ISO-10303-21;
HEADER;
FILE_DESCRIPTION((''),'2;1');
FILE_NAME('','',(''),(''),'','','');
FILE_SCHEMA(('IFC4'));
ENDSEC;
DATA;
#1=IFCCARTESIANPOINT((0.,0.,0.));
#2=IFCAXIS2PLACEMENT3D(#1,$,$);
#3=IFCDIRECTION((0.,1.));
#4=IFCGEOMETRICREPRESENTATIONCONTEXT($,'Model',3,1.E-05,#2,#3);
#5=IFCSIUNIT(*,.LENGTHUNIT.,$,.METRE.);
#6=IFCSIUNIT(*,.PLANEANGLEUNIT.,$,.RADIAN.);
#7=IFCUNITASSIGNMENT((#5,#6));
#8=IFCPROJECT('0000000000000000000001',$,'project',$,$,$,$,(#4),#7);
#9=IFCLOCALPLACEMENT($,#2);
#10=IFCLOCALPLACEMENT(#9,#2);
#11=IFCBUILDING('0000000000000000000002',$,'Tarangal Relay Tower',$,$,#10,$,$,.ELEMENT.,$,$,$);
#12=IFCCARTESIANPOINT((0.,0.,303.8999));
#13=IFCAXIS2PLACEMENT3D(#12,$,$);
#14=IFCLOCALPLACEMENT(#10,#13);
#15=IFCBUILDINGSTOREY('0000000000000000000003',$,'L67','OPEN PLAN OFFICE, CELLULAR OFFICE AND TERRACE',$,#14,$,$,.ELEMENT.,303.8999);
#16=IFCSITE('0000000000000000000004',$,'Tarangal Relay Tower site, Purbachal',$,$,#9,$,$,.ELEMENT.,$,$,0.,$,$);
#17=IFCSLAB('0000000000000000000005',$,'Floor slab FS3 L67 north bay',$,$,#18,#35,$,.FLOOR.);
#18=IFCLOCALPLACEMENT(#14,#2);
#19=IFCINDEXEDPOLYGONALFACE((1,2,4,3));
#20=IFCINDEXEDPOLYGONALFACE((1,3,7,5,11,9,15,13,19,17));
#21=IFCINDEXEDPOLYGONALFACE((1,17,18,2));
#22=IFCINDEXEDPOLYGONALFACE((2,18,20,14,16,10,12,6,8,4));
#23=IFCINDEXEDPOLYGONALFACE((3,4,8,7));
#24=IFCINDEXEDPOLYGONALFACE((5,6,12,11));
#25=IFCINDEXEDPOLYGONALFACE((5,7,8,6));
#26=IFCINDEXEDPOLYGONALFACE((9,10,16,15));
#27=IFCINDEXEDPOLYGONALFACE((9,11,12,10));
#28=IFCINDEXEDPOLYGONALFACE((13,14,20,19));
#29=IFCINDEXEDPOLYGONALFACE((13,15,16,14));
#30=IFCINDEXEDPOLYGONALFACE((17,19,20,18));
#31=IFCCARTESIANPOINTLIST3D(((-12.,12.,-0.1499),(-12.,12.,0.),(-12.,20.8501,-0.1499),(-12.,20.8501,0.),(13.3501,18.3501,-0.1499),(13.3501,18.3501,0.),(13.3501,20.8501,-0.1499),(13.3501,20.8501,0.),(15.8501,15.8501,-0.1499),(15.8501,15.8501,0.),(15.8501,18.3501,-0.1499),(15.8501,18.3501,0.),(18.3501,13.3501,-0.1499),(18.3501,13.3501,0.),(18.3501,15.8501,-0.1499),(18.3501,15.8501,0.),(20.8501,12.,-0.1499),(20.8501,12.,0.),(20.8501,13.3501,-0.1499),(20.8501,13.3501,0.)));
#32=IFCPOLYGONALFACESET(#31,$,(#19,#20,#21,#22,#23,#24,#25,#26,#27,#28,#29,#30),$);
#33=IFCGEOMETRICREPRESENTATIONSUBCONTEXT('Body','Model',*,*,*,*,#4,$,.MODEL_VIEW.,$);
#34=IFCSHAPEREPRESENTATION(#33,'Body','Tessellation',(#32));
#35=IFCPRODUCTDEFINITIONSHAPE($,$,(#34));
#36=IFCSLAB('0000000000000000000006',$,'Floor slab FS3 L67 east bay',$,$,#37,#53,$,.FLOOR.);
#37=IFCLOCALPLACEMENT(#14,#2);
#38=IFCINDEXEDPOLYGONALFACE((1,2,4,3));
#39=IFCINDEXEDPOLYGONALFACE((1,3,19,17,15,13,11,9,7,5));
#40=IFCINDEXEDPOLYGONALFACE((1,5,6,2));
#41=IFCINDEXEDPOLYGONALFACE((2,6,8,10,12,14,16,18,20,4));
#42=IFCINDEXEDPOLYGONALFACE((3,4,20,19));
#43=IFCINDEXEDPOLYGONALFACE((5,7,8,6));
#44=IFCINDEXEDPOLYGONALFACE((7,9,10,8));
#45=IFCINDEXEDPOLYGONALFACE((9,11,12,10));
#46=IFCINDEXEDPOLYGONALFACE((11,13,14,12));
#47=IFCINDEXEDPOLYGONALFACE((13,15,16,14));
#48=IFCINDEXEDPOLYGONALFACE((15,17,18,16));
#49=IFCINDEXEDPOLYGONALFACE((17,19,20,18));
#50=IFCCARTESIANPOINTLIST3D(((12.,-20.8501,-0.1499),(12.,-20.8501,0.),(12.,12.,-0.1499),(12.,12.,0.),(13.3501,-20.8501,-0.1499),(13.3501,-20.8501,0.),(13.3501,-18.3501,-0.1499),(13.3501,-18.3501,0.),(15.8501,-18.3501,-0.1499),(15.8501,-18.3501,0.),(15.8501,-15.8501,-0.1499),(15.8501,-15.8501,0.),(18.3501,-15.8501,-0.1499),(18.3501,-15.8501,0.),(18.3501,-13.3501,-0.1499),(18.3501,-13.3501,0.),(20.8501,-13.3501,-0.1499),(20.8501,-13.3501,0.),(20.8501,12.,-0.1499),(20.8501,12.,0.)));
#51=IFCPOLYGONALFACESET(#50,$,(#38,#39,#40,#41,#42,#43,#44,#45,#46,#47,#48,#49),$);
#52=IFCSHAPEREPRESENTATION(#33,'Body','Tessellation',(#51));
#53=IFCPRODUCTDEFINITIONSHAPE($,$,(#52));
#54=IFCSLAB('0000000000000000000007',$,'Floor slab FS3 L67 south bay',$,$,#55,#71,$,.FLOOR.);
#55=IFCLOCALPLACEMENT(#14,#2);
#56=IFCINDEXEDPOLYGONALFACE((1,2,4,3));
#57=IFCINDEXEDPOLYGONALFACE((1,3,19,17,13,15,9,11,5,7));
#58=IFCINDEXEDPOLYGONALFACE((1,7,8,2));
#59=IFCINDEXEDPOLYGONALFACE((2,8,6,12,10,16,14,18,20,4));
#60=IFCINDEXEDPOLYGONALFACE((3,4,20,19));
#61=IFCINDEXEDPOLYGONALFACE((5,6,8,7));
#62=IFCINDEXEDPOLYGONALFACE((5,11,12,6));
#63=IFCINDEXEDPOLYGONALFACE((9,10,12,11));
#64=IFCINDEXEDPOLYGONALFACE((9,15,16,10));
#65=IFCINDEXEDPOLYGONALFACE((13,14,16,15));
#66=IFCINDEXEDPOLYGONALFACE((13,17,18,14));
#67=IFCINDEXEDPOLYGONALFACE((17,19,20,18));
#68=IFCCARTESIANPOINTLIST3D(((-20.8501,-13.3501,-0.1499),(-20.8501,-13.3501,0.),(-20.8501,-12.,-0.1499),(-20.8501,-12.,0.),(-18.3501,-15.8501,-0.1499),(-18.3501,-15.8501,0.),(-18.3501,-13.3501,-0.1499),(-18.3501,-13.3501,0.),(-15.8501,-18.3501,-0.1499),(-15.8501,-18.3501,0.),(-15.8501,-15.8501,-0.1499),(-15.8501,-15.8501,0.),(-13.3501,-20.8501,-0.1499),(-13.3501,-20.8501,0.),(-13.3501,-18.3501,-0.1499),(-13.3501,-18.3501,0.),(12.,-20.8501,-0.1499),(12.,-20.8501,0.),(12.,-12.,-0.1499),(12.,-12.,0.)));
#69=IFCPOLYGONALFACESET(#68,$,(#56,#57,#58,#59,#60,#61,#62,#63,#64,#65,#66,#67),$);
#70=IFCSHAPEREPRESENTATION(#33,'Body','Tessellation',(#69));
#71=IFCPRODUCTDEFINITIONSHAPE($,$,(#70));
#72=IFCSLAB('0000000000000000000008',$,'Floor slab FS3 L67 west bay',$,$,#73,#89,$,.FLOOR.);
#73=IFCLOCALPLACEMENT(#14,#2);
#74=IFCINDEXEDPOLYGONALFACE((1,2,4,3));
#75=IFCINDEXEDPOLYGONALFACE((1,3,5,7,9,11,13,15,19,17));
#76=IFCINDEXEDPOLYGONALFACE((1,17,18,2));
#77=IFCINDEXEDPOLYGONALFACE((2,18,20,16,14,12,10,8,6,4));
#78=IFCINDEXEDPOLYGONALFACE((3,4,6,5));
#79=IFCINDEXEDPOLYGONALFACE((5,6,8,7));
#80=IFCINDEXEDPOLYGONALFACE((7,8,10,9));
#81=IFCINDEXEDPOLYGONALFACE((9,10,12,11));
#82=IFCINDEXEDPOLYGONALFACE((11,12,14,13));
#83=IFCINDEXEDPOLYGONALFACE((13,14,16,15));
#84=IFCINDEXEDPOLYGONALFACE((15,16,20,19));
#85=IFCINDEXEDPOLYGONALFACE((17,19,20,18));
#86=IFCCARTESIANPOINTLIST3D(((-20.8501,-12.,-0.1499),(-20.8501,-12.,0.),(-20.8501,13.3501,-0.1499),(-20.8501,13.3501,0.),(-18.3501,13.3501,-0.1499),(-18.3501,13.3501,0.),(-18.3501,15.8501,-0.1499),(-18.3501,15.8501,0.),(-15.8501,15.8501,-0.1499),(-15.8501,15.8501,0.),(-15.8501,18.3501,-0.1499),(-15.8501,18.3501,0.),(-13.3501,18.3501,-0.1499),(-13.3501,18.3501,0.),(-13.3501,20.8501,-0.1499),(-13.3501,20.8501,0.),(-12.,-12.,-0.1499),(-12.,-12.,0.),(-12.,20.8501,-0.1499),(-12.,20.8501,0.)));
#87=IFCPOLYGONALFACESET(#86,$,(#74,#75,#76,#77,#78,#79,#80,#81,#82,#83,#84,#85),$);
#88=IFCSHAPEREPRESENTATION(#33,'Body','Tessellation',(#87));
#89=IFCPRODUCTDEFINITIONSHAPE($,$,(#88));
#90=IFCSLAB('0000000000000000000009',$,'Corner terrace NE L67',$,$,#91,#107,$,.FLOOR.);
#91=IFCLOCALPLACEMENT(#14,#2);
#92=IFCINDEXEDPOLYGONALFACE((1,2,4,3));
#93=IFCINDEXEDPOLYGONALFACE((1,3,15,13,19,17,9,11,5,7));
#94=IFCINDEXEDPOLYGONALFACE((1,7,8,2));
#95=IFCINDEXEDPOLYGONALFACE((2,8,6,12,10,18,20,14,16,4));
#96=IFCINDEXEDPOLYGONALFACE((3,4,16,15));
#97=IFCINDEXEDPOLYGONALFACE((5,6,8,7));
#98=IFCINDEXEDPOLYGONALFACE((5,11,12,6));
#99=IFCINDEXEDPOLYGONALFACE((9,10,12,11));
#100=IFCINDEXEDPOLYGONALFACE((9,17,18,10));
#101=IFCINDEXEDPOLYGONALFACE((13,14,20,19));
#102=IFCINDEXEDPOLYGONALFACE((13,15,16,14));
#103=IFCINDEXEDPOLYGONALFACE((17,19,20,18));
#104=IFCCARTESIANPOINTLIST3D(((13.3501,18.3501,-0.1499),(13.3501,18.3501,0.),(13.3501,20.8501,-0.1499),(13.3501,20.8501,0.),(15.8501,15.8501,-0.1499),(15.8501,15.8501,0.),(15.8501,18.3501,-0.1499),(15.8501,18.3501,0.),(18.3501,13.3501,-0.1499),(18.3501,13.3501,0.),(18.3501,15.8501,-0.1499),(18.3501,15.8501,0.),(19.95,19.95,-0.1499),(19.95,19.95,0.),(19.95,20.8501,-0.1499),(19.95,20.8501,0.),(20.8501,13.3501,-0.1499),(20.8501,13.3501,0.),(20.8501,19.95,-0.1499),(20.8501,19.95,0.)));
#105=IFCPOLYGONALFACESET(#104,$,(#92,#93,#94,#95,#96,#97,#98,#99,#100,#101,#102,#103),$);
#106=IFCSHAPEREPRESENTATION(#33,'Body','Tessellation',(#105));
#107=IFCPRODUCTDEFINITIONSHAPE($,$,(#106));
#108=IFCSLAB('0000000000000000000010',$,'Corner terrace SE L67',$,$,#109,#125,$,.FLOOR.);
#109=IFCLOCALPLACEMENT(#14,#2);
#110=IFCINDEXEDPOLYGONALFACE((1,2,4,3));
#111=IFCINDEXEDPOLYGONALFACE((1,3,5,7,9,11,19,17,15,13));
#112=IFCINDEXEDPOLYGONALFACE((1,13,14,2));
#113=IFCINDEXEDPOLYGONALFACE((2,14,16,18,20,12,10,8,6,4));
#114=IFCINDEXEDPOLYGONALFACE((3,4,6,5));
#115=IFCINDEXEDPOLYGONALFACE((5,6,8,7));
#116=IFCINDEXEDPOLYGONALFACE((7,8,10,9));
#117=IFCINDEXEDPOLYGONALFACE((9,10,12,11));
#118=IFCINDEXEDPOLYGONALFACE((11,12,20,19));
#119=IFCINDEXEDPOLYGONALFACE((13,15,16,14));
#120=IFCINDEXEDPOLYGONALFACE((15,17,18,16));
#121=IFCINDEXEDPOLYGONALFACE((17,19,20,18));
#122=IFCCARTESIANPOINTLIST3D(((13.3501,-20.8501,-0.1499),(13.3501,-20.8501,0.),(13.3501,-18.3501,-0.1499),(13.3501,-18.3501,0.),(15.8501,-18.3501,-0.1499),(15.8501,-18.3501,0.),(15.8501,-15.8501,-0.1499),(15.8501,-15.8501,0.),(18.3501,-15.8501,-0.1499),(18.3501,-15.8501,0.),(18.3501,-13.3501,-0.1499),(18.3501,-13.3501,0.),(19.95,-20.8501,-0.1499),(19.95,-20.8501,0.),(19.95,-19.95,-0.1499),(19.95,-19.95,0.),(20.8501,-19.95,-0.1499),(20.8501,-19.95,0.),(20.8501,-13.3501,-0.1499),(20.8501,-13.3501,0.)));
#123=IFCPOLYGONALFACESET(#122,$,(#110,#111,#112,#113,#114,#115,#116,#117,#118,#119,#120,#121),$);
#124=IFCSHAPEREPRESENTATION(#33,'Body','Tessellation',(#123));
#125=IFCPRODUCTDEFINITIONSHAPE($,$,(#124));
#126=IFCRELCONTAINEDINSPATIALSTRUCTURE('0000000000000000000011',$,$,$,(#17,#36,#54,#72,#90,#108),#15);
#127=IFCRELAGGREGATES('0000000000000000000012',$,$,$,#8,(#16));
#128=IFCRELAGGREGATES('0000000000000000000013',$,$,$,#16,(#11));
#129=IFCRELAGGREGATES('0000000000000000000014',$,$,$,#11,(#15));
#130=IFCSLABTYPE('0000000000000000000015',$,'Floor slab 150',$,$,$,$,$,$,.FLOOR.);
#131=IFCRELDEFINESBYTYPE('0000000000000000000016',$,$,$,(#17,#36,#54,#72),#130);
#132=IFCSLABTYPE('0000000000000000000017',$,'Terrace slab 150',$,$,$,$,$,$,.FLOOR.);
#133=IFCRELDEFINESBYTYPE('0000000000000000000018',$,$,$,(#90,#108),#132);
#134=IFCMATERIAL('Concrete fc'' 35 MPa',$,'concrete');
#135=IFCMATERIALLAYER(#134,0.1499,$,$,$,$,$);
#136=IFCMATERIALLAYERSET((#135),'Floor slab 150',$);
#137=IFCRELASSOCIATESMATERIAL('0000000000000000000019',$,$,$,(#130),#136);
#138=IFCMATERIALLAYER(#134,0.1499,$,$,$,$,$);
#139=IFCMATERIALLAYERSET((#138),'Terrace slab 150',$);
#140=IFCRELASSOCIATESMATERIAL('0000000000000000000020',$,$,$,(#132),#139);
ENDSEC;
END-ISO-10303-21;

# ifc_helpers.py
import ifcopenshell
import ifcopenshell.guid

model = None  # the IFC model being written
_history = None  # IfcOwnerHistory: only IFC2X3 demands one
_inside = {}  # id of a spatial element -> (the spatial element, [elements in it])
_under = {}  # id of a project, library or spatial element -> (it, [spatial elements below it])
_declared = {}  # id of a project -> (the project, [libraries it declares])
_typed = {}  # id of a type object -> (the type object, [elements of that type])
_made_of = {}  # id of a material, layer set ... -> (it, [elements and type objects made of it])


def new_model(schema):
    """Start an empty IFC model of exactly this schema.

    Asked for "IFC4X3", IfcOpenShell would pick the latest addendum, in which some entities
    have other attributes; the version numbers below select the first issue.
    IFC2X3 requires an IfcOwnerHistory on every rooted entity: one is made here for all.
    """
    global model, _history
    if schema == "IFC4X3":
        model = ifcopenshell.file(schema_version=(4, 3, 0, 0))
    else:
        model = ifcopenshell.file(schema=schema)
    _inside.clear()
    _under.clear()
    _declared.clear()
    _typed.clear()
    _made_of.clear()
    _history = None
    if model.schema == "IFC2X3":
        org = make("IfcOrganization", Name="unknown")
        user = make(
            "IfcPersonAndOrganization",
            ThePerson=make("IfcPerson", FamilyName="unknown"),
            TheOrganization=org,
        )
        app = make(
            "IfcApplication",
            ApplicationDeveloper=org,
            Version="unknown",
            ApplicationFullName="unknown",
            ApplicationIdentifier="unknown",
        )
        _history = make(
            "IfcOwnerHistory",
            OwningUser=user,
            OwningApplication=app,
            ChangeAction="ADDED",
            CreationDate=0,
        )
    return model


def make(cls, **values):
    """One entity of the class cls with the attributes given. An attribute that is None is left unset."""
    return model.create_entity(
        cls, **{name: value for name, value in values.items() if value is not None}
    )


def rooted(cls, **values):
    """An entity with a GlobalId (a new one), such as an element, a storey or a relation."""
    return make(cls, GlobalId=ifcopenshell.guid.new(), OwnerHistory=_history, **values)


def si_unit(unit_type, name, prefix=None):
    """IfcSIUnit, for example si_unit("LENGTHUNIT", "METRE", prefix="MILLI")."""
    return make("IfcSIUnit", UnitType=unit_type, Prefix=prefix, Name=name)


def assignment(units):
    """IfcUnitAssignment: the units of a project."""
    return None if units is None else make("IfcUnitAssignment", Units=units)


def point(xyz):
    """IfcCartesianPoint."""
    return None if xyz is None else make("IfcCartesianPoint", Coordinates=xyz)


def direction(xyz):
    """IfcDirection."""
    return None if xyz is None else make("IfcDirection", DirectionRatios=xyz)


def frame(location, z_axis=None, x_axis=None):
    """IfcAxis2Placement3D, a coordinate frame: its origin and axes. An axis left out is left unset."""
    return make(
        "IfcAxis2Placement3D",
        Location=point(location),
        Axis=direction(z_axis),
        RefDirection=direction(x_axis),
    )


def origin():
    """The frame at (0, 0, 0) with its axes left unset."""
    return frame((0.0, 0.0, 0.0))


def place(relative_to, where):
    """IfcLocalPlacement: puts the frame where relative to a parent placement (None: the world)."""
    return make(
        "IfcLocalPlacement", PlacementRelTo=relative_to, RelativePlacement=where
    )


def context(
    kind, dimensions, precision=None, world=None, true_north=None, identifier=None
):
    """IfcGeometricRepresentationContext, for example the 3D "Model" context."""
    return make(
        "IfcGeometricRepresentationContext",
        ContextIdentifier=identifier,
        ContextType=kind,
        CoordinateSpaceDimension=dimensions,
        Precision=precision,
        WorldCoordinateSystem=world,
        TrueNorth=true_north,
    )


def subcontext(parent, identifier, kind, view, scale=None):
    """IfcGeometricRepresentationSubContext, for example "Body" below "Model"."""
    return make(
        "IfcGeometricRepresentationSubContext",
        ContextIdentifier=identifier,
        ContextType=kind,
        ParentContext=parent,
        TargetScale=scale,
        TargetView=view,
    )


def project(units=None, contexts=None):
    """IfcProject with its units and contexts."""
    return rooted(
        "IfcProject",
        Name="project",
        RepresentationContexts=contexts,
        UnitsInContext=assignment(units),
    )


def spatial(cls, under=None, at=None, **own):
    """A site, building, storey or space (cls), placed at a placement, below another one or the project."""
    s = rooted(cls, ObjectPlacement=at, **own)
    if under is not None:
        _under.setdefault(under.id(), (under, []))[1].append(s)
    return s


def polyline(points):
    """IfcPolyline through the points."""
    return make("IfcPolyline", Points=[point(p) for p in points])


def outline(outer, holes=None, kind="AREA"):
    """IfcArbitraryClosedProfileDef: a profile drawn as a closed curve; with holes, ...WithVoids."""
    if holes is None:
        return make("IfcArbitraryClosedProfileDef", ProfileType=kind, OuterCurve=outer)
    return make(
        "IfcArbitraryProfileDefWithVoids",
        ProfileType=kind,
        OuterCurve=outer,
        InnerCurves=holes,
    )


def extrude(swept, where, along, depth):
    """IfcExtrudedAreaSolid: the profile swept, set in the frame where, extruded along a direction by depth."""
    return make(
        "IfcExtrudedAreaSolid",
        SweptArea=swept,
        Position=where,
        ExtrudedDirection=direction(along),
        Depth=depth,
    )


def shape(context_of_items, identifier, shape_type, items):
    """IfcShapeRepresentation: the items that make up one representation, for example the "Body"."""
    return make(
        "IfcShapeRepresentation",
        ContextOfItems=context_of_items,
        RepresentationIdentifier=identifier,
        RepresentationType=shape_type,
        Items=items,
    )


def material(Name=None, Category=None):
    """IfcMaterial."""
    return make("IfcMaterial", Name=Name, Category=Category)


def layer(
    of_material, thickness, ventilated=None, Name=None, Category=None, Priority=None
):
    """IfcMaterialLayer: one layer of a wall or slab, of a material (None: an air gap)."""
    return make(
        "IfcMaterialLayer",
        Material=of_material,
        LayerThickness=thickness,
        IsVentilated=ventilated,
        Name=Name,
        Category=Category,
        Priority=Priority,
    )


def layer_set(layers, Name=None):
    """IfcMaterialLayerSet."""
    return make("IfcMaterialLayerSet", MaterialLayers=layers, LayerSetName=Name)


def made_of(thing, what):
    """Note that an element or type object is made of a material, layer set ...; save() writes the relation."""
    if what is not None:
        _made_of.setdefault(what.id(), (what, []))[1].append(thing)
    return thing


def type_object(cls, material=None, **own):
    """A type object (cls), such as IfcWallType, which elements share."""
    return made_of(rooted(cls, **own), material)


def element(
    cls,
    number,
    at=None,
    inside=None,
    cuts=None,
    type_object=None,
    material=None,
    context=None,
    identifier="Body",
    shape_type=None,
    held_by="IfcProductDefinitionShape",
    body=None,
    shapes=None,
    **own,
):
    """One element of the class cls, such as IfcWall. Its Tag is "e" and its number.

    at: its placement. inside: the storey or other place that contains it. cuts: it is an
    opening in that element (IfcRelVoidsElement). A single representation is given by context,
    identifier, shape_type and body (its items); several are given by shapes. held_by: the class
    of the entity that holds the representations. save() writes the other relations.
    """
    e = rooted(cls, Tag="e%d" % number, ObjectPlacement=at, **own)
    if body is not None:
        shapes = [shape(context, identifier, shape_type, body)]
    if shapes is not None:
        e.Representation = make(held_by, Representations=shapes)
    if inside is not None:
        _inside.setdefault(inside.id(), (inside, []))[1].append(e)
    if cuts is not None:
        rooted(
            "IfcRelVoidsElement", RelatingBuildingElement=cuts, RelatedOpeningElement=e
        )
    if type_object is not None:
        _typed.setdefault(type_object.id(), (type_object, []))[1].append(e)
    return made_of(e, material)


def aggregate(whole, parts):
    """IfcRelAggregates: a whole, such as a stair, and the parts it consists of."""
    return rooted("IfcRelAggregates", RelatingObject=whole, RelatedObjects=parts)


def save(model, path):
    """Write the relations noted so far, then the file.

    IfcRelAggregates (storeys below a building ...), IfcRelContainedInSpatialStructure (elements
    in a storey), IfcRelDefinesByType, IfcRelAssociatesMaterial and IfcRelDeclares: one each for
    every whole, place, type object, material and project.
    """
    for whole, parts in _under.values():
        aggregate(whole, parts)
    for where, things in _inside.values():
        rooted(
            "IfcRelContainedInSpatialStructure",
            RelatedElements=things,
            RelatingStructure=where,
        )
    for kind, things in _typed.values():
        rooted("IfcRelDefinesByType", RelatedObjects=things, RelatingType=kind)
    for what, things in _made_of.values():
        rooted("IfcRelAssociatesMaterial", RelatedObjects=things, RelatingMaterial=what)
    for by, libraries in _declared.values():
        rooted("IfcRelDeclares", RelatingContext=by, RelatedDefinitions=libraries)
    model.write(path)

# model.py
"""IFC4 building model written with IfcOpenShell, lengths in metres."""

from ifc_helpers import new_model, si_unit, direction, frame, origin, place, context, subcontext, project, spatial, polyline, outline, extrude, material, layer, layer_set, type_object, element, save


model = new_model("IFC4")

# Units and contexts
model_context = context("Model", 3, precision=1e-05, world=origin(), true_north=direction((0.0, 1.0)))
body_context = subcontext(model_context, "Body", "Model", "MODEL_VIEW")
ifc_project = project(units=[si_unit("LENGTHUNIT", "METRE"), si_unit("PLANEANGLEUNIT", "RADIAN")], contexts=[model_context])

# Site, building, storey
site_placement = place(None, origin())
site = spatial("IfcSite", under=ifc_project, at=site_placement, Name="Tarangal Relay Tower site, Purbachal", CompositionType="ELEMENT", RefElevation=0.0)
building_placement = place(site_placement, origin())
building = spatial("IfcBuilding", under=site, at=building_placement, Name="Tarangal Relay Tower", CompositionType="ELEMENT")
storey_placement = place(building_placement, frame((0.0, 0.0, 303.8999)))
storey = spatial("IfcBuildingStorey", under=building, at=storey_placement, Name="L67", Description="OPEN PLAN OFFICE, CELLULAR OFFICE AND TERRACE", CompositionType="ELEMENT", Elevation=303.8999)

# Slabs
ifc_material_1 = material(Name="Concrete fc' 35 MPa", Category="concrete")
ifc_layer_1 = layer(ifc_material_1, 0.1499)
ifc_layer_set_1 = layer_set([ifc_layer_1], Name="Floor slab 150")
slab_type_1 = type_object("IfcSlabType", Name="Floor slab 150", PredefinedType="FLOOR", material=ifc_layer_set_1)
slab_1_placement = place(storey_placement, frame((0.0, 0.0, -0.1499)))
element("IfcSlab", 1, at=slab_1_placement, inside=storey, type_object=slab_type_1, Name="Floor slab FS3 L67 north bay", PredefinedType="FLOOR", context=body_context, shape_type="SweptSolid", body=[
    extrude(outline(polyline([(13.3501, 20.8501), (13.3501, 18.3501), (15.8501, 18.3501), (15.8501, 15.8501), (18.3501, 15.8501), (18.3501, 13.3501), (20.8501, 13.3501), (20.8501, 12.0), (-12.0, 12.0), (-12.0, 20.8501), (13.3501, 20.8501)])), origin(), (0.0, 0.0, 1.0), 0.1499),
])
slab_2_placement = place(storey_placement, frame((0.0, 0.0, -0.1499)))
element("IfcSlab", 2, at=slab_2_placement, inside=storey, type_object=slab_type_1, Name="Floor slab FS3 L67 east bay", PredefinedType="FLOOR", context=body_context, shape_type="SweptSolid", body=[
    extrude(outline(polyline([(20.8501, -13.3501), (18.3501, -13.3501), (18.3501, -15.8501), (15.8501, -15.8501), (15.8501, -18.3501), (13.3501, -18.3501), (13.3501, -20.8501), (12.0, -20.8501), (12.0, 12.0), (20.8501, 12.0), (20.8501, -13.3501)])), origin(), (0.0, 0.0, 1.0), 0.1499),
])
slab_3_placement = place(storey_placement, frame((0.0, 0.0, -0.1499)))
element("IfcSlab", 3, at=slab_3_placement, inside=storey, type_object=slab_type_1, Name="Floor slab FS3 L67 south bay", PredefinedType="FLOOR", context=body_context, shape_type="SweptSolid", body=[
    extrude(outline(polyline([(-13.3501, -20.8501), (-13.3501, -18.3501), (-15.8501, -18.3501), (-15.8501, -15.8501), (-18.3501, -15.8501), (-18.3501, -13.3501), (-20.8501, -13.3501), (-20.8501, -12.0), (12.0, -12.0), (12.0, -20.8501), (-13.3501, -20.8501)])), origin(), (0.0, 0.0, 1.0), 0.1499),
])
slab_4_placement = place(storey_placement, frame((0.0, 0.0, -0.1499)))
element("IfcSlab", 4, at=slab_4_placement, inside=storey, type_object=slab_type_1, Name="Floor slab FS3 L67 west bay", PredefinedType="FLOOR", context=body_context, shape_type="SweptSolid", body=[
    extrude(outline(polyline([(-12.0, 20.8501), (-12.0, -12.0), (-20.8501, -12.0), (-20.8501, 13.3501), (-18.3501, 13.3501), (-18.3501, 15.8501), (-15.8501, 15.8501), (-15.8501, 18.3501), (-13.3501, 18.3501), (-13.3501, 20.8501), (-12.0, 20.8501)])), origin(), (0.0, 0.0, 1.0), 0.1499),
])
ifc_layer_2 = layer(ifc_material_1, 0.1499)
ifc_layer_set_2 = layer_set([ifc_layer_2], Name="Terrace slab 150")
slab_type_2 = type_object("IfcSlabType", Name="Terrace slab 150", PredefinedType="FLOOR", material=ifc_layer_set_2)
slab_5_placement = place(storey_placement, frame((0.0, 0.0, -0.1499)))
element("IfcSlab", 5, at=slab_5_placement, inside=storey, type_object=slab_type_2, Name="Corner terrace NE L67", PredefinedType="FLOOR", context=body_context, shape_type="SweptSolid", body=[
    extrude(outline(polyline([(13.3501, 20.8501), (13.3501, 18.3501), (15.8501, 18.3501), (15.8501, 15.8501), (18.3501, 15.8501), (18.3501, 13.3501), (20.8501, 13.3501), (20.8501, 19.95), (19.95, 19.95), (19.95, 20.8501), (13.3501, 20.8501)])), origin(), (0.0, 0.0, 1.0), 0.1499),
])
slab_6_placement = place(storey_placement, frame((0.0, 0.0, -0.1499)))
element("IfcSlab", 6, at=slab_6_placement, inside=storey, type_object=slab_type_2, Name="Corner terrace SE L67", PredefinedType="FLOOR", context=body_context, shape_type="SweptSolid", body=[
    extrude(outline(polyline([(20.8501, -13.3501), (18.3501, -13.3501), (18.3501, -15.8501), (15.8501, -15.8501), (15.8501, -18.3501), (13.3501, -18.3501), (13.3501, -20.8501), (19.95, -20.8501), (19.95, -19.95), (20.8501, -19.95), (20.8501, -13.3501)])), origin(), (0.0, 0.0, 1.0), 0.1499),
])

save(model, "model.ifc")
